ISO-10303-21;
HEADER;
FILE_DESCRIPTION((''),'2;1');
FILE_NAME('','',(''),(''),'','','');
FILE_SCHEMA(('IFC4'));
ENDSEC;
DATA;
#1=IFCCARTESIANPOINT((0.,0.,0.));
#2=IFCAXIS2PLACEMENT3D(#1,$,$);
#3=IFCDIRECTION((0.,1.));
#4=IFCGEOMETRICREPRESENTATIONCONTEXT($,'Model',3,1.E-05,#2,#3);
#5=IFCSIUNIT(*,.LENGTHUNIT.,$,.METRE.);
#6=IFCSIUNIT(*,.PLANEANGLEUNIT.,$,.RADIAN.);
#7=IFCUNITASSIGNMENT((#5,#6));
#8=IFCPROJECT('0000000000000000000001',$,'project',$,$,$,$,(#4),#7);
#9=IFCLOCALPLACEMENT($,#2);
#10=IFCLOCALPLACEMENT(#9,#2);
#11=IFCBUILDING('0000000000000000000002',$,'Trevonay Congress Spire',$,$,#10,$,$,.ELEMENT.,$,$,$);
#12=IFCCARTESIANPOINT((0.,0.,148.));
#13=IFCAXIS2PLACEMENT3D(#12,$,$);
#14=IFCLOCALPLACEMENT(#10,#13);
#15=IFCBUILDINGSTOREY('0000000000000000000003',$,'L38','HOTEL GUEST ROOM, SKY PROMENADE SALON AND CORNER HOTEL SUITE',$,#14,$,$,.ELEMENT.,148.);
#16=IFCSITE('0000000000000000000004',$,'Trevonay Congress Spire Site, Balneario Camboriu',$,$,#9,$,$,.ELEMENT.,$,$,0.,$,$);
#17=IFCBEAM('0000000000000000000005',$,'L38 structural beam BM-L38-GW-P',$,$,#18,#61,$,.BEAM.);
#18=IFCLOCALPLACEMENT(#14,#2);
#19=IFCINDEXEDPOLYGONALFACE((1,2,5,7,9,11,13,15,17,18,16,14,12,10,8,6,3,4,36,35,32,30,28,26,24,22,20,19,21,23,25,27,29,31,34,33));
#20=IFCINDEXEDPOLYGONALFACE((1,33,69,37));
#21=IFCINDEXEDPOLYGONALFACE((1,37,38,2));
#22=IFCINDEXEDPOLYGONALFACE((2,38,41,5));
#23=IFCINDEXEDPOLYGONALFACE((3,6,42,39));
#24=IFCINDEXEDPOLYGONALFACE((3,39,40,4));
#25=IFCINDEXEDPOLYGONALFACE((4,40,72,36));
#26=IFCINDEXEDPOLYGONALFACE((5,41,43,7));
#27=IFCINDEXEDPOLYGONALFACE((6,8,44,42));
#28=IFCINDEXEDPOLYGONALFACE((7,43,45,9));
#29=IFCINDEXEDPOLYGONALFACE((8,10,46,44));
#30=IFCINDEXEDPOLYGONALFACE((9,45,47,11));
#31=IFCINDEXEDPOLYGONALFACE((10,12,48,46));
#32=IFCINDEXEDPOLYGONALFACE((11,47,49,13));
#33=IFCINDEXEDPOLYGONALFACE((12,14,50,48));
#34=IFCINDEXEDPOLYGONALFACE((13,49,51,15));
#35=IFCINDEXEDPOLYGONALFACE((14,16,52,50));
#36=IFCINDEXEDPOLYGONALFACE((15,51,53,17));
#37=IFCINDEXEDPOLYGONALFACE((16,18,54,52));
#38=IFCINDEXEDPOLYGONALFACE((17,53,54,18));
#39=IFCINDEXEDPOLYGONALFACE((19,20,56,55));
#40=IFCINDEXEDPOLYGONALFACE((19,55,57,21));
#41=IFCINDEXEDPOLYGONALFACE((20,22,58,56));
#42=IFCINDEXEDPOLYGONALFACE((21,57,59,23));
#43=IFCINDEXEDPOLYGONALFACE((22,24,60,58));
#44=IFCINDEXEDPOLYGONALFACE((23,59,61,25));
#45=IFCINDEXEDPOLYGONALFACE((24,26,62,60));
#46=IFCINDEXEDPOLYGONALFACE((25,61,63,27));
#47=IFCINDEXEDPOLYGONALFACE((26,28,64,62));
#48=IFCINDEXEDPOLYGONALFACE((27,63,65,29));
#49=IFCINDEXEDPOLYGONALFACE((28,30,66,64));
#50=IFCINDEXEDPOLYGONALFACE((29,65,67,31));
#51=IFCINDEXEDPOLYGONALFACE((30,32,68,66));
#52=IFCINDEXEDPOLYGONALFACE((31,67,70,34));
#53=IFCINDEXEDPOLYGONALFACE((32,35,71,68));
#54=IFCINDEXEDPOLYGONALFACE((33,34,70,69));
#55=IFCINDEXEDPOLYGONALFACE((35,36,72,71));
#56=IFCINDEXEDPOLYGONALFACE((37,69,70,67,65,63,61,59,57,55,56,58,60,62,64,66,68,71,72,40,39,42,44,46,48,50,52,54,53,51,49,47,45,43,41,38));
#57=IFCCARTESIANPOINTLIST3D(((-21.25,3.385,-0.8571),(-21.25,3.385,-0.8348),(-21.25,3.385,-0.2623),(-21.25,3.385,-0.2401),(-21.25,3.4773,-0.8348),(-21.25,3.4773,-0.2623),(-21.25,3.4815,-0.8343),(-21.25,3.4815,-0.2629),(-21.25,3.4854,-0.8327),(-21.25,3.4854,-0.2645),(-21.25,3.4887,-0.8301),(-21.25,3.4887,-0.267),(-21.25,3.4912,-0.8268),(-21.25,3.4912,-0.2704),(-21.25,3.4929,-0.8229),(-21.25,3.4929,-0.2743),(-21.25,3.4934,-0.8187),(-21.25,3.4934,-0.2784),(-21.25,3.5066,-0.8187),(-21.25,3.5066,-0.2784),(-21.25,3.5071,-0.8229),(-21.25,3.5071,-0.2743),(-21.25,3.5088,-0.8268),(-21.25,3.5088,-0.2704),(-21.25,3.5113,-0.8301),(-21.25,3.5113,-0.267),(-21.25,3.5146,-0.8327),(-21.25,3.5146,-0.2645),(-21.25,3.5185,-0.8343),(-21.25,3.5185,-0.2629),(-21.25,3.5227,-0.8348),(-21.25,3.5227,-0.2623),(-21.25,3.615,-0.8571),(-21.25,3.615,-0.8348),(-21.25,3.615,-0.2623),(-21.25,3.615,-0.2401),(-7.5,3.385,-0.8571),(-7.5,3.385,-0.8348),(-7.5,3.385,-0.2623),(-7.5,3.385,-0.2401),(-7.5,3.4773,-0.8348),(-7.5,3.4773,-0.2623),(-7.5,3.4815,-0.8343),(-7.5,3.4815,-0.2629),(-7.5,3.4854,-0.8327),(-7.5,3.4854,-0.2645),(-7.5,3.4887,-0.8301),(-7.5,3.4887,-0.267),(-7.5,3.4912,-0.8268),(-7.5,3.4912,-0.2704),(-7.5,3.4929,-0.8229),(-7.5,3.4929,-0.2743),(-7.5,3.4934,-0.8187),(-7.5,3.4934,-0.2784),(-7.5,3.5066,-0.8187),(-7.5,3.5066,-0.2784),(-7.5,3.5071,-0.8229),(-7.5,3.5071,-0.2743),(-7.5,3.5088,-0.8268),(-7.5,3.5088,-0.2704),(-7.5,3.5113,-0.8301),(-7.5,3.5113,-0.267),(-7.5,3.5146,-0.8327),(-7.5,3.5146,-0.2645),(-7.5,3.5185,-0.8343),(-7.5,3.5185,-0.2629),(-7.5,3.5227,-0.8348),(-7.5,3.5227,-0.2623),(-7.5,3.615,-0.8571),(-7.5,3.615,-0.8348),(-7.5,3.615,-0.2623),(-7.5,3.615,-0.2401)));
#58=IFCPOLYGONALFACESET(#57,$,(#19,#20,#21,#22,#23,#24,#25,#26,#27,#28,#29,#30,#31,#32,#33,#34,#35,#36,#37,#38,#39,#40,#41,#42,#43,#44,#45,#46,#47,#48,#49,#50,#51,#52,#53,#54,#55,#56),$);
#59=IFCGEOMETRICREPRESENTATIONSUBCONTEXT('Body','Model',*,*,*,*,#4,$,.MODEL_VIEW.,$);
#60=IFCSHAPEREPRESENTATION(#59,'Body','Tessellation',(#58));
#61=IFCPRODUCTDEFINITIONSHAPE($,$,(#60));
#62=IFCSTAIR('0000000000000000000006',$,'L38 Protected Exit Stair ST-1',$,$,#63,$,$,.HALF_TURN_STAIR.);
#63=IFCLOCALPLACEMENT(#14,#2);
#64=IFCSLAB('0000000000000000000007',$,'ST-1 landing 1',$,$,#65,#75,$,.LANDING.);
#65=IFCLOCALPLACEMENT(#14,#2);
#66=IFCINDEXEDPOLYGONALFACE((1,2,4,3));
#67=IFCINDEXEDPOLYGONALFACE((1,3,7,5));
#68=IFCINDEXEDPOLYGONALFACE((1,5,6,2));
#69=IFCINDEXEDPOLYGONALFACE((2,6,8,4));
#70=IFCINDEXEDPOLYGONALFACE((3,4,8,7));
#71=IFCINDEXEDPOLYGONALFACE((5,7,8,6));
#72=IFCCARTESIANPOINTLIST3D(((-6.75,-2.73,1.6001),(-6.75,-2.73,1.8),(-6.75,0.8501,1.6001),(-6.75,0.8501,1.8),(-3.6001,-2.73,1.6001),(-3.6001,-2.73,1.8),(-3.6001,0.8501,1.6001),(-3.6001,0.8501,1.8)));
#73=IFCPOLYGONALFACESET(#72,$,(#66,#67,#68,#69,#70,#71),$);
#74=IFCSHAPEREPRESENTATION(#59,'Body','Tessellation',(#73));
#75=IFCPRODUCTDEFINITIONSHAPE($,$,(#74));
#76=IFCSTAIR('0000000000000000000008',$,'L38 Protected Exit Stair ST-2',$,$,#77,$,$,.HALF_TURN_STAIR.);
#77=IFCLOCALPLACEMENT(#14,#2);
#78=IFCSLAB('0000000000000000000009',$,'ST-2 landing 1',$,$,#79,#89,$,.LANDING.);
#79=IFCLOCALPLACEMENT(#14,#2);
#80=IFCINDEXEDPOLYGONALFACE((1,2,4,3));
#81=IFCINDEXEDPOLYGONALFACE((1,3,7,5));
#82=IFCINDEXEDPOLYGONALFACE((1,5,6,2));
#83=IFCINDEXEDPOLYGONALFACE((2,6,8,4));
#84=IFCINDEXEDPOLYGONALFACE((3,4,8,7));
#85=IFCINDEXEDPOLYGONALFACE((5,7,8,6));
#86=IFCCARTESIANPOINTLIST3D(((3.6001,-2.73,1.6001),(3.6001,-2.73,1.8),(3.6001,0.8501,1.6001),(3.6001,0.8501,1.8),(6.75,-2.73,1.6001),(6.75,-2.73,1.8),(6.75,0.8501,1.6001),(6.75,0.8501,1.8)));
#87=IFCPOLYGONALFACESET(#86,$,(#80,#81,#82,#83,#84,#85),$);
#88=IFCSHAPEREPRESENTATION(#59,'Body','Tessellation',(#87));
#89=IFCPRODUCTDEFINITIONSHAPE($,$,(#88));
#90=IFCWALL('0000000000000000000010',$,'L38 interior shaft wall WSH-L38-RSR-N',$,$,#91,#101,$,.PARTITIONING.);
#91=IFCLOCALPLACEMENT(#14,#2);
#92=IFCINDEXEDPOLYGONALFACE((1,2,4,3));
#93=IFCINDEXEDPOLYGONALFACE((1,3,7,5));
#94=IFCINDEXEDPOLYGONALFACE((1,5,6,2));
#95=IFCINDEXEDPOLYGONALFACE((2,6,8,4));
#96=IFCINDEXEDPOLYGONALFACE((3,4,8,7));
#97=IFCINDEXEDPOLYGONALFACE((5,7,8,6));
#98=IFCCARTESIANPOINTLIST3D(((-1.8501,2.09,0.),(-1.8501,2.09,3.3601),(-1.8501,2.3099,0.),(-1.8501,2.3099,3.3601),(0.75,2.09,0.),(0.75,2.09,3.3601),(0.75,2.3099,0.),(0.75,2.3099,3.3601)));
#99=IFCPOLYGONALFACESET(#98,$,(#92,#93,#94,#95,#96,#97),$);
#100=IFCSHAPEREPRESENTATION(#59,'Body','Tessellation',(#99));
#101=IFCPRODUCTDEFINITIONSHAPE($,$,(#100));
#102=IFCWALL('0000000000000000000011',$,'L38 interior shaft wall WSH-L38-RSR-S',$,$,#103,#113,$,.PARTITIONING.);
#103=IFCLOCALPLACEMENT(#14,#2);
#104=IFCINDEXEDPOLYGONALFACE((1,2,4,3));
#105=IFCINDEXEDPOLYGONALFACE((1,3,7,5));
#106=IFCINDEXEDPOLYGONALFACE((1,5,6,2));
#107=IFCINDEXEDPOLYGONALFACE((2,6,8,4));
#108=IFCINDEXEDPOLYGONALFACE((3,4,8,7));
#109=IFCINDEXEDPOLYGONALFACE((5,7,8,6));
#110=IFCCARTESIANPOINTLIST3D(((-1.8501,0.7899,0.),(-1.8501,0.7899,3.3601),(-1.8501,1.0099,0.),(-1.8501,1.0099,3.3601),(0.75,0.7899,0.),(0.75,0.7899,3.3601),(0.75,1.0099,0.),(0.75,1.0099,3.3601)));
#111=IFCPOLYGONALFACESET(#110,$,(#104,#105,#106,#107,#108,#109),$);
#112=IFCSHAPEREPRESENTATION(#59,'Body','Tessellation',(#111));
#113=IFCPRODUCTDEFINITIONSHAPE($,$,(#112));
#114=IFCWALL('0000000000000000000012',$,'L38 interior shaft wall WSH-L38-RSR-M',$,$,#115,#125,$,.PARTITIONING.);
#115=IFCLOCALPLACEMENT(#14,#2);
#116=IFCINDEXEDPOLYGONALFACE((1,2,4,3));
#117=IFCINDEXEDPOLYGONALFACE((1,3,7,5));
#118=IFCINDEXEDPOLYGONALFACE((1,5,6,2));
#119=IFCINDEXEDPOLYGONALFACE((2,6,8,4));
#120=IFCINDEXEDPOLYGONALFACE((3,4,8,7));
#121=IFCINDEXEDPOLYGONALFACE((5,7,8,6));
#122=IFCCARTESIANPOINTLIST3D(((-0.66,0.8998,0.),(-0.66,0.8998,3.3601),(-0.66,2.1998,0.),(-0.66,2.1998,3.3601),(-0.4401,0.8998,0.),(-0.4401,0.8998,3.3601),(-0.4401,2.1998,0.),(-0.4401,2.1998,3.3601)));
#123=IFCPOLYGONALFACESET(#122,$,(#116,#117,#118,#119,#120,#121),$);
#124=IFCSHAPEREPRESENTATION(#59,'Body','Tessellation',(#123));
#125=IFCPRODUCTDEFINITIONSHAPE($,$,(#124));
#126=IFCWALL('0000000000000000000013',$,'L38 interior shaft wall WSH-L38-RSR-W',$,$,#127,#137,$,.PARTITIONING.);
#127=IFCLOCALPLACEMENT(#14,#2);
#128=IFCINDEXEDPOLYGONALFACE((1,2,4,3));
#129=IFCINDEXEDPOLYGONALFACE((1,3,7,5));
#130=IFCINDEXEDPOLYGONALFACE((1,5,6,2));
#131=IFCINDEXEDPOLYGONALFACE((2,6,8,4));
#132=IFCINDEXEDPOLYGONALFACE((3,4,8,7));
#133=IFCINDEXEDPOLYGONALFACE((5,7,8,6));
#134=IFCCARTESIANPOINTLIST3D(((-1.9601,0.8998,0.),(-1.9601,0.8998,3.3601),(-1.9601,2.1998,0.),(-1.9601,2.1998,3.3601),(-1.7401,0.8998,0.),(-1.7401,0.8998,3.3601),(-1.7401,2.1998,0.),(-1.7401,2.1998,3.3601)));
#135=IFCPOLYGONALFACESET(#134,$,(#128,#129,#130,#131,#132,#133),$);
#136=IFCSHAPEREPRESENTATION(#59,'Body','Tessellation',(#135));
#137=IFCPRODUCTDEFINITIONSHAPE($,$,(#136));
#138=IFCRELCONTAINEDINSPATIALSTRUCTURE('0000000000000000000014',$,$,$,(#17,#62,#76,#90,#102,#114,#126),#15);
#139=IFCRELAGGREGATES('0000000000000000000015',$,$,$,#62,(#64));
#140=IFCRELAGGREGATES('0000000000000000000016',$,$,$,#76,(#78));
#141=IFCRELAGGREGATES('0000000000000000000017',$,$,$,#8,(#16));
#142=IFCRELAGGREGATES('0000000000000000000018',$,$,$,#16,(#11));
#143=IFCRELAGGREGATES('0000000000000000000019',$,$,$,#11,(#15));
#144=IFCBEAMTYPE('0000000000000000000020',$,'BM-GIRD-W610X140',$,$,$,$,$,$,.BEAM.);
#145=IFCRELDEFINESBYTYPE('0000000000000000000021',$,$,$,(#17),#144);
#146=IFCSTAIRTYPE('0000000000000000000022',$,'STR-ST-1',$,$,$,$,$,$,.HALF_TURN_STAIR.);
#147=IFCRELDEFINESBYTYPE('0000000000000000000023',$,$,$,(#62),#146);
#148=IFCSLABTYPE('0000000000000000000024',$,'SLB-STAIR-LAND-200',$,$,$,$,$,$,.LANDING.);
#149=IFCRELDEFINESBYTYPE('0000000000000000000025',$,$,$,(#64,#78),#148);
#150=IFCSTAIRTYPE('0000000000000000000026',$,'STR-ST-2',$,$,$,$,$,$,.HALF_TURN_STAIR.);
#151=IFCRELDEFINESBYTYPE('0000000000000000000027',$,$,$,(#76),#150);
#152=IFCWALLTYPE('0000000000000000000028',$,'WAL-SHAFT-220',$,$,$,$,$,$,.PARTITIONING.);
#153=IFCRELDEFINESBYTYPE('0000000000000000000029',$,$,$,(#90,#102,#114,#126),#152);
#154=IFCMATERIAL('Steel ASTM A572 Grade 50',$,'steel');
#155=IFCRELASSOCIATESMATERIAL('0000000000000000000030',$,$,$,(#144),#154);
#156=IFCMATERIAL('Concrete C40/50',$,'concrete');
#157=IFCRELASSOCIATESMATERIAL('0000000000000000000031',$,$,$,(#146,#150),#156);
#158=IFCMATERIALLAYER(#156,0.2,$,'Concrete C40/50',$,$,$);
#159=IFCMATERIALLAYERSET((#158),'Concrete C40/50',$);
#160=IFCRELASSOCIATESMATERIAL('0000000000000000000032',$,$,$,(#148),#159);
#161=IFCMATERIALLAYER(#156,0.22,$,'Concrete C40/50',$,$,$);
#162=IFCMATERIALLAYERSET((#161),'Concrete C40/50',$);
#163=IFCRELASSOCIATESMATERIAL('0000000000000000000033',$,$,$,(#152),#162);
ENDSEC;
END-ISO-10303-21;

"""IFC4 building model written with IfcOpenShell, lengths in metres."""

from ifc_helpers import new_model, si_unit, direction, frame, frame_2d, origin, origin_2d, place, context, subcontext, project, spatial, polyline, rectangle, i_section, outline, extrude, material, layer, layer_set, material_profile, profile_set, type_object, element, aggregate, save


model = new_model("IFC4")

# Units and contexts
model_context = context("Model", 3, precision=1e-05, world=origin(), true_north=direction((0.0, 1.0)))
body_context = subcontext(model_context, "Body", "Model", "MODEL_VIEW")
ifc_project = project(units=[si_unit("LENGTHUNIT", "METRE"), si_unit("PLANEANGLEUNIT", "RADIAN")], contexts=[model_context])

# Site, building, storey
site_placement = place(None, origin())
site = spatial("IfcSite", under=ifc_project, at=site_placement, Name="Trevonay Congress Spire Site, Balneario Camboriu", CompositionType="ELEMENT", RefElevation=0.0)
building_placement = place(site_placement, origin())
building = spatial("IfcBuilding", under=site, at=building_placement, Name="Trevonay Congress Spire", CompositionType="ELEMENT")
storey_placement = place(building_placement, frame((0.0, 0.0, 148.0)))
storey = spatial("IfcBuildingStorey", under=building, at=storey_placement, Name="L38", Description="HOTEL GUEST ROOM, SKY PROMENADE SALON AND CORNER HOTEL SUITE", CompositionType="ELEMENT", Elevation=148.0)

# Beam
ifc_material_1 = material(Name="Steel ASTM A572 Grade 50", Category="steel")
ifc_material_profile = material_profile(ifc_material_1, i_section(OverallWidth=0.23, OverallDepth=0.6169, WebThickness=0.0132, FlangeThickness=0.0222, FilletRadius=0.0161, at=origin_2d()), Name="W610x140")
ifc_profile_set = profile_set([ifc_material_profile], Name="Steel ASTM A572 Grade 50")
beam_type = type_object("IfcBeamType", Name="BM-GIRD-W610X140", PredefinedType="BEAM", material=ifc_profile_set)
beam_placement = place(storey_placement, frame((-7.5, 3.5, -0.5486), z_axis=(-1.0, 0.0, 0.0), x_axis=(0.0, -1.0, 0.0)))
element("IfcBeam", 1, at=beam_placement, inside=storey, type_object=beam_type, Name="L38 structural beam BM-L38-GW-P", PredefinedType="BEAM", context=body_context, shape_type="SweptSolid", body=[
    extrude(i_section(OverallWidth=0.23, OverallDepth=0.6169, WebThickness=0.0132, FlangeThickness=0.0222, FilletRadius=0.0161, at=origin_2d()), origin(), (0.0, 0.0, 1.0), 13.75),
])

# Stairs, slabs
ifc_material_2 = material(Name="Concrete C40/50", Category="concrete")
stair_type_1 = type_object("IfcStairType", Name="STR-ST-1", PredefinedType="HALF_TURN_STAIR", material=ifc_material_2)
stair_1_placement = place(storey_placement, origin())
stair_1 = element("IfcStair", 2, at=stair_1_placement, inside=storey, type_object=stair_type_1, Name="L38 Protected Exit Stair ST-1", PredefinedType="HALF_TURN_STAIR")
ifc_layer_1 = layer(ifc_material_2, 0.2, Name="Concrete C40/50")
ifc_layer_set_1 = layer_set([ifc_layer_1], Name="Concrete C40/50")
slab_type = type_object("IfcSlabType", Name="SLB-STAIR-LAND-200", PredefinedType="LANDING", material=ifc_layer_set_1)
slab_1_placement = place(storey_placement, frame((0.0, 0.0, 1.6001)))
slab_1 = element("IfcSlab", 3, at=slab_1_placement, type_object=slab_type, Name="ST-1 landing 1", PredefinedType="LANDING", context=body_context, shape_type="SweptSolid", body=[
    extrude(outline(polyline([(-3.6001, -2.73), (-3.6001, 0.8501), (-6.75, 0.8501), (-6.75, -2.73), (-3.6001, -2.73)])), origin(), (0.0, 0.0, 1.0), 0.2),
])
aggregate(stair_1, [slab_1])
stair_type_2 = type_object("IfcStairType", Name="STR-ST-2", PredefinedType="HALF_TURN_STAIR", material=ifc_material_2)
stair_2_placement = place(storey_placement, origin())
stair_2 = element("IfcStair", 4, at=stair_2_placement, inside=storey, type_object=stair_type_2, Name="L38 Protected Exit Stair ST-2", PredefinedType="HALF_TURN_STAIR")
slab_2_placement = place(storey_placement, frame((0.0, 0.0, 1.6001)))
slab_2 = element("IfcSlab", 5, at=slab_2_placement, type_object=slab_type, Name="ST-2 landing 1", PredefinedType="LANDING", context=body_context, shape_type="SweptSolid", body=[
    extrude(outline(polyline([(6.75, -2.73), (6.75, 0.8501), (3.6001, 0.8501), (3.6001, -2.73), (6.75, -2.73)])), origin(), (0.0, 0.0, 1.0), 0.2),
])
aggregate(stair_2, [slab_2])

# Walls
ifc_layer_2 = layer(ifc_material_2, 0.22, Name="Concrete C40/50")
ifc_layer_set_2 = layer_set([ifc_layer_2], Name="Concrete C40/50")
wall_type_1 = type_object("IfcWallType", Name="WAL-SHAFT-220", PredefinedType="PARTITIONING", material=ifc_layer_set_2)
for number, where, z_axis, x_axis, name in (
    (6, (-1.8501, 2.2, 0.0), (0.0, 0.0, 1.0), (1.0, 0.0, 0.0), "L38 interior shaft wall WSH-L38-RSR-N"),
    (7, (-1.8501, 0.8999, 0.0), (0.0, 0.0, 1.0), (1.0, 0.0, 0.0), "L38 interior shaft wall WSH-L38-RSR-S"),
):
    element("IfcWall", number, at=place(storey_placement, frame(where, z_axis=z_axis, x_axis=x_axis)), inside=storey, type_object=wall_type_1, Name=name, PredefinedType="PARTITIONING", context=body_context, shape_type="SweptSolid", body=[
        extrude(rectangle(XDim=2.6001, YDim=0.22, at=frame_2d((1.3, 0.0))), origin(), (0.0, 0.0, 1.0), 3.3601),
    ])
for number, where, z_axis, x_axis, name in (
    (8, (-0.55, 0.8999, 0.0), (0.0, 0.0, 1.0), (0.0, 1.0, 0.0), "L38 interior shaft wall WSH-L38-RSR-M"),
    (9, (-1.8501, 0.8999, 0.0), (0.0, 0.0, 1.0), (0.0, 1.0, 0.0), "L38 interior shaft wall WSH-L38-RSR-W"),
):
    element("IfcWall", number, at=place(storey_placement, frame(where, z_axis=z_axis, x_axis=x_axis)), inside=storey, type_object=wall_type_1, Name=name, PredefinedType="PARTITIONING", context=body_context, shape_type="SweptSolid", body=[
        extrude(rectangle(XDim=1.3, YDim=0.22, at=frame_2d((0.6499, 0.0))), origin(), (0.0, 0.0, 1.0), 3.3601),
    ])

save(model, "model.ifc")
